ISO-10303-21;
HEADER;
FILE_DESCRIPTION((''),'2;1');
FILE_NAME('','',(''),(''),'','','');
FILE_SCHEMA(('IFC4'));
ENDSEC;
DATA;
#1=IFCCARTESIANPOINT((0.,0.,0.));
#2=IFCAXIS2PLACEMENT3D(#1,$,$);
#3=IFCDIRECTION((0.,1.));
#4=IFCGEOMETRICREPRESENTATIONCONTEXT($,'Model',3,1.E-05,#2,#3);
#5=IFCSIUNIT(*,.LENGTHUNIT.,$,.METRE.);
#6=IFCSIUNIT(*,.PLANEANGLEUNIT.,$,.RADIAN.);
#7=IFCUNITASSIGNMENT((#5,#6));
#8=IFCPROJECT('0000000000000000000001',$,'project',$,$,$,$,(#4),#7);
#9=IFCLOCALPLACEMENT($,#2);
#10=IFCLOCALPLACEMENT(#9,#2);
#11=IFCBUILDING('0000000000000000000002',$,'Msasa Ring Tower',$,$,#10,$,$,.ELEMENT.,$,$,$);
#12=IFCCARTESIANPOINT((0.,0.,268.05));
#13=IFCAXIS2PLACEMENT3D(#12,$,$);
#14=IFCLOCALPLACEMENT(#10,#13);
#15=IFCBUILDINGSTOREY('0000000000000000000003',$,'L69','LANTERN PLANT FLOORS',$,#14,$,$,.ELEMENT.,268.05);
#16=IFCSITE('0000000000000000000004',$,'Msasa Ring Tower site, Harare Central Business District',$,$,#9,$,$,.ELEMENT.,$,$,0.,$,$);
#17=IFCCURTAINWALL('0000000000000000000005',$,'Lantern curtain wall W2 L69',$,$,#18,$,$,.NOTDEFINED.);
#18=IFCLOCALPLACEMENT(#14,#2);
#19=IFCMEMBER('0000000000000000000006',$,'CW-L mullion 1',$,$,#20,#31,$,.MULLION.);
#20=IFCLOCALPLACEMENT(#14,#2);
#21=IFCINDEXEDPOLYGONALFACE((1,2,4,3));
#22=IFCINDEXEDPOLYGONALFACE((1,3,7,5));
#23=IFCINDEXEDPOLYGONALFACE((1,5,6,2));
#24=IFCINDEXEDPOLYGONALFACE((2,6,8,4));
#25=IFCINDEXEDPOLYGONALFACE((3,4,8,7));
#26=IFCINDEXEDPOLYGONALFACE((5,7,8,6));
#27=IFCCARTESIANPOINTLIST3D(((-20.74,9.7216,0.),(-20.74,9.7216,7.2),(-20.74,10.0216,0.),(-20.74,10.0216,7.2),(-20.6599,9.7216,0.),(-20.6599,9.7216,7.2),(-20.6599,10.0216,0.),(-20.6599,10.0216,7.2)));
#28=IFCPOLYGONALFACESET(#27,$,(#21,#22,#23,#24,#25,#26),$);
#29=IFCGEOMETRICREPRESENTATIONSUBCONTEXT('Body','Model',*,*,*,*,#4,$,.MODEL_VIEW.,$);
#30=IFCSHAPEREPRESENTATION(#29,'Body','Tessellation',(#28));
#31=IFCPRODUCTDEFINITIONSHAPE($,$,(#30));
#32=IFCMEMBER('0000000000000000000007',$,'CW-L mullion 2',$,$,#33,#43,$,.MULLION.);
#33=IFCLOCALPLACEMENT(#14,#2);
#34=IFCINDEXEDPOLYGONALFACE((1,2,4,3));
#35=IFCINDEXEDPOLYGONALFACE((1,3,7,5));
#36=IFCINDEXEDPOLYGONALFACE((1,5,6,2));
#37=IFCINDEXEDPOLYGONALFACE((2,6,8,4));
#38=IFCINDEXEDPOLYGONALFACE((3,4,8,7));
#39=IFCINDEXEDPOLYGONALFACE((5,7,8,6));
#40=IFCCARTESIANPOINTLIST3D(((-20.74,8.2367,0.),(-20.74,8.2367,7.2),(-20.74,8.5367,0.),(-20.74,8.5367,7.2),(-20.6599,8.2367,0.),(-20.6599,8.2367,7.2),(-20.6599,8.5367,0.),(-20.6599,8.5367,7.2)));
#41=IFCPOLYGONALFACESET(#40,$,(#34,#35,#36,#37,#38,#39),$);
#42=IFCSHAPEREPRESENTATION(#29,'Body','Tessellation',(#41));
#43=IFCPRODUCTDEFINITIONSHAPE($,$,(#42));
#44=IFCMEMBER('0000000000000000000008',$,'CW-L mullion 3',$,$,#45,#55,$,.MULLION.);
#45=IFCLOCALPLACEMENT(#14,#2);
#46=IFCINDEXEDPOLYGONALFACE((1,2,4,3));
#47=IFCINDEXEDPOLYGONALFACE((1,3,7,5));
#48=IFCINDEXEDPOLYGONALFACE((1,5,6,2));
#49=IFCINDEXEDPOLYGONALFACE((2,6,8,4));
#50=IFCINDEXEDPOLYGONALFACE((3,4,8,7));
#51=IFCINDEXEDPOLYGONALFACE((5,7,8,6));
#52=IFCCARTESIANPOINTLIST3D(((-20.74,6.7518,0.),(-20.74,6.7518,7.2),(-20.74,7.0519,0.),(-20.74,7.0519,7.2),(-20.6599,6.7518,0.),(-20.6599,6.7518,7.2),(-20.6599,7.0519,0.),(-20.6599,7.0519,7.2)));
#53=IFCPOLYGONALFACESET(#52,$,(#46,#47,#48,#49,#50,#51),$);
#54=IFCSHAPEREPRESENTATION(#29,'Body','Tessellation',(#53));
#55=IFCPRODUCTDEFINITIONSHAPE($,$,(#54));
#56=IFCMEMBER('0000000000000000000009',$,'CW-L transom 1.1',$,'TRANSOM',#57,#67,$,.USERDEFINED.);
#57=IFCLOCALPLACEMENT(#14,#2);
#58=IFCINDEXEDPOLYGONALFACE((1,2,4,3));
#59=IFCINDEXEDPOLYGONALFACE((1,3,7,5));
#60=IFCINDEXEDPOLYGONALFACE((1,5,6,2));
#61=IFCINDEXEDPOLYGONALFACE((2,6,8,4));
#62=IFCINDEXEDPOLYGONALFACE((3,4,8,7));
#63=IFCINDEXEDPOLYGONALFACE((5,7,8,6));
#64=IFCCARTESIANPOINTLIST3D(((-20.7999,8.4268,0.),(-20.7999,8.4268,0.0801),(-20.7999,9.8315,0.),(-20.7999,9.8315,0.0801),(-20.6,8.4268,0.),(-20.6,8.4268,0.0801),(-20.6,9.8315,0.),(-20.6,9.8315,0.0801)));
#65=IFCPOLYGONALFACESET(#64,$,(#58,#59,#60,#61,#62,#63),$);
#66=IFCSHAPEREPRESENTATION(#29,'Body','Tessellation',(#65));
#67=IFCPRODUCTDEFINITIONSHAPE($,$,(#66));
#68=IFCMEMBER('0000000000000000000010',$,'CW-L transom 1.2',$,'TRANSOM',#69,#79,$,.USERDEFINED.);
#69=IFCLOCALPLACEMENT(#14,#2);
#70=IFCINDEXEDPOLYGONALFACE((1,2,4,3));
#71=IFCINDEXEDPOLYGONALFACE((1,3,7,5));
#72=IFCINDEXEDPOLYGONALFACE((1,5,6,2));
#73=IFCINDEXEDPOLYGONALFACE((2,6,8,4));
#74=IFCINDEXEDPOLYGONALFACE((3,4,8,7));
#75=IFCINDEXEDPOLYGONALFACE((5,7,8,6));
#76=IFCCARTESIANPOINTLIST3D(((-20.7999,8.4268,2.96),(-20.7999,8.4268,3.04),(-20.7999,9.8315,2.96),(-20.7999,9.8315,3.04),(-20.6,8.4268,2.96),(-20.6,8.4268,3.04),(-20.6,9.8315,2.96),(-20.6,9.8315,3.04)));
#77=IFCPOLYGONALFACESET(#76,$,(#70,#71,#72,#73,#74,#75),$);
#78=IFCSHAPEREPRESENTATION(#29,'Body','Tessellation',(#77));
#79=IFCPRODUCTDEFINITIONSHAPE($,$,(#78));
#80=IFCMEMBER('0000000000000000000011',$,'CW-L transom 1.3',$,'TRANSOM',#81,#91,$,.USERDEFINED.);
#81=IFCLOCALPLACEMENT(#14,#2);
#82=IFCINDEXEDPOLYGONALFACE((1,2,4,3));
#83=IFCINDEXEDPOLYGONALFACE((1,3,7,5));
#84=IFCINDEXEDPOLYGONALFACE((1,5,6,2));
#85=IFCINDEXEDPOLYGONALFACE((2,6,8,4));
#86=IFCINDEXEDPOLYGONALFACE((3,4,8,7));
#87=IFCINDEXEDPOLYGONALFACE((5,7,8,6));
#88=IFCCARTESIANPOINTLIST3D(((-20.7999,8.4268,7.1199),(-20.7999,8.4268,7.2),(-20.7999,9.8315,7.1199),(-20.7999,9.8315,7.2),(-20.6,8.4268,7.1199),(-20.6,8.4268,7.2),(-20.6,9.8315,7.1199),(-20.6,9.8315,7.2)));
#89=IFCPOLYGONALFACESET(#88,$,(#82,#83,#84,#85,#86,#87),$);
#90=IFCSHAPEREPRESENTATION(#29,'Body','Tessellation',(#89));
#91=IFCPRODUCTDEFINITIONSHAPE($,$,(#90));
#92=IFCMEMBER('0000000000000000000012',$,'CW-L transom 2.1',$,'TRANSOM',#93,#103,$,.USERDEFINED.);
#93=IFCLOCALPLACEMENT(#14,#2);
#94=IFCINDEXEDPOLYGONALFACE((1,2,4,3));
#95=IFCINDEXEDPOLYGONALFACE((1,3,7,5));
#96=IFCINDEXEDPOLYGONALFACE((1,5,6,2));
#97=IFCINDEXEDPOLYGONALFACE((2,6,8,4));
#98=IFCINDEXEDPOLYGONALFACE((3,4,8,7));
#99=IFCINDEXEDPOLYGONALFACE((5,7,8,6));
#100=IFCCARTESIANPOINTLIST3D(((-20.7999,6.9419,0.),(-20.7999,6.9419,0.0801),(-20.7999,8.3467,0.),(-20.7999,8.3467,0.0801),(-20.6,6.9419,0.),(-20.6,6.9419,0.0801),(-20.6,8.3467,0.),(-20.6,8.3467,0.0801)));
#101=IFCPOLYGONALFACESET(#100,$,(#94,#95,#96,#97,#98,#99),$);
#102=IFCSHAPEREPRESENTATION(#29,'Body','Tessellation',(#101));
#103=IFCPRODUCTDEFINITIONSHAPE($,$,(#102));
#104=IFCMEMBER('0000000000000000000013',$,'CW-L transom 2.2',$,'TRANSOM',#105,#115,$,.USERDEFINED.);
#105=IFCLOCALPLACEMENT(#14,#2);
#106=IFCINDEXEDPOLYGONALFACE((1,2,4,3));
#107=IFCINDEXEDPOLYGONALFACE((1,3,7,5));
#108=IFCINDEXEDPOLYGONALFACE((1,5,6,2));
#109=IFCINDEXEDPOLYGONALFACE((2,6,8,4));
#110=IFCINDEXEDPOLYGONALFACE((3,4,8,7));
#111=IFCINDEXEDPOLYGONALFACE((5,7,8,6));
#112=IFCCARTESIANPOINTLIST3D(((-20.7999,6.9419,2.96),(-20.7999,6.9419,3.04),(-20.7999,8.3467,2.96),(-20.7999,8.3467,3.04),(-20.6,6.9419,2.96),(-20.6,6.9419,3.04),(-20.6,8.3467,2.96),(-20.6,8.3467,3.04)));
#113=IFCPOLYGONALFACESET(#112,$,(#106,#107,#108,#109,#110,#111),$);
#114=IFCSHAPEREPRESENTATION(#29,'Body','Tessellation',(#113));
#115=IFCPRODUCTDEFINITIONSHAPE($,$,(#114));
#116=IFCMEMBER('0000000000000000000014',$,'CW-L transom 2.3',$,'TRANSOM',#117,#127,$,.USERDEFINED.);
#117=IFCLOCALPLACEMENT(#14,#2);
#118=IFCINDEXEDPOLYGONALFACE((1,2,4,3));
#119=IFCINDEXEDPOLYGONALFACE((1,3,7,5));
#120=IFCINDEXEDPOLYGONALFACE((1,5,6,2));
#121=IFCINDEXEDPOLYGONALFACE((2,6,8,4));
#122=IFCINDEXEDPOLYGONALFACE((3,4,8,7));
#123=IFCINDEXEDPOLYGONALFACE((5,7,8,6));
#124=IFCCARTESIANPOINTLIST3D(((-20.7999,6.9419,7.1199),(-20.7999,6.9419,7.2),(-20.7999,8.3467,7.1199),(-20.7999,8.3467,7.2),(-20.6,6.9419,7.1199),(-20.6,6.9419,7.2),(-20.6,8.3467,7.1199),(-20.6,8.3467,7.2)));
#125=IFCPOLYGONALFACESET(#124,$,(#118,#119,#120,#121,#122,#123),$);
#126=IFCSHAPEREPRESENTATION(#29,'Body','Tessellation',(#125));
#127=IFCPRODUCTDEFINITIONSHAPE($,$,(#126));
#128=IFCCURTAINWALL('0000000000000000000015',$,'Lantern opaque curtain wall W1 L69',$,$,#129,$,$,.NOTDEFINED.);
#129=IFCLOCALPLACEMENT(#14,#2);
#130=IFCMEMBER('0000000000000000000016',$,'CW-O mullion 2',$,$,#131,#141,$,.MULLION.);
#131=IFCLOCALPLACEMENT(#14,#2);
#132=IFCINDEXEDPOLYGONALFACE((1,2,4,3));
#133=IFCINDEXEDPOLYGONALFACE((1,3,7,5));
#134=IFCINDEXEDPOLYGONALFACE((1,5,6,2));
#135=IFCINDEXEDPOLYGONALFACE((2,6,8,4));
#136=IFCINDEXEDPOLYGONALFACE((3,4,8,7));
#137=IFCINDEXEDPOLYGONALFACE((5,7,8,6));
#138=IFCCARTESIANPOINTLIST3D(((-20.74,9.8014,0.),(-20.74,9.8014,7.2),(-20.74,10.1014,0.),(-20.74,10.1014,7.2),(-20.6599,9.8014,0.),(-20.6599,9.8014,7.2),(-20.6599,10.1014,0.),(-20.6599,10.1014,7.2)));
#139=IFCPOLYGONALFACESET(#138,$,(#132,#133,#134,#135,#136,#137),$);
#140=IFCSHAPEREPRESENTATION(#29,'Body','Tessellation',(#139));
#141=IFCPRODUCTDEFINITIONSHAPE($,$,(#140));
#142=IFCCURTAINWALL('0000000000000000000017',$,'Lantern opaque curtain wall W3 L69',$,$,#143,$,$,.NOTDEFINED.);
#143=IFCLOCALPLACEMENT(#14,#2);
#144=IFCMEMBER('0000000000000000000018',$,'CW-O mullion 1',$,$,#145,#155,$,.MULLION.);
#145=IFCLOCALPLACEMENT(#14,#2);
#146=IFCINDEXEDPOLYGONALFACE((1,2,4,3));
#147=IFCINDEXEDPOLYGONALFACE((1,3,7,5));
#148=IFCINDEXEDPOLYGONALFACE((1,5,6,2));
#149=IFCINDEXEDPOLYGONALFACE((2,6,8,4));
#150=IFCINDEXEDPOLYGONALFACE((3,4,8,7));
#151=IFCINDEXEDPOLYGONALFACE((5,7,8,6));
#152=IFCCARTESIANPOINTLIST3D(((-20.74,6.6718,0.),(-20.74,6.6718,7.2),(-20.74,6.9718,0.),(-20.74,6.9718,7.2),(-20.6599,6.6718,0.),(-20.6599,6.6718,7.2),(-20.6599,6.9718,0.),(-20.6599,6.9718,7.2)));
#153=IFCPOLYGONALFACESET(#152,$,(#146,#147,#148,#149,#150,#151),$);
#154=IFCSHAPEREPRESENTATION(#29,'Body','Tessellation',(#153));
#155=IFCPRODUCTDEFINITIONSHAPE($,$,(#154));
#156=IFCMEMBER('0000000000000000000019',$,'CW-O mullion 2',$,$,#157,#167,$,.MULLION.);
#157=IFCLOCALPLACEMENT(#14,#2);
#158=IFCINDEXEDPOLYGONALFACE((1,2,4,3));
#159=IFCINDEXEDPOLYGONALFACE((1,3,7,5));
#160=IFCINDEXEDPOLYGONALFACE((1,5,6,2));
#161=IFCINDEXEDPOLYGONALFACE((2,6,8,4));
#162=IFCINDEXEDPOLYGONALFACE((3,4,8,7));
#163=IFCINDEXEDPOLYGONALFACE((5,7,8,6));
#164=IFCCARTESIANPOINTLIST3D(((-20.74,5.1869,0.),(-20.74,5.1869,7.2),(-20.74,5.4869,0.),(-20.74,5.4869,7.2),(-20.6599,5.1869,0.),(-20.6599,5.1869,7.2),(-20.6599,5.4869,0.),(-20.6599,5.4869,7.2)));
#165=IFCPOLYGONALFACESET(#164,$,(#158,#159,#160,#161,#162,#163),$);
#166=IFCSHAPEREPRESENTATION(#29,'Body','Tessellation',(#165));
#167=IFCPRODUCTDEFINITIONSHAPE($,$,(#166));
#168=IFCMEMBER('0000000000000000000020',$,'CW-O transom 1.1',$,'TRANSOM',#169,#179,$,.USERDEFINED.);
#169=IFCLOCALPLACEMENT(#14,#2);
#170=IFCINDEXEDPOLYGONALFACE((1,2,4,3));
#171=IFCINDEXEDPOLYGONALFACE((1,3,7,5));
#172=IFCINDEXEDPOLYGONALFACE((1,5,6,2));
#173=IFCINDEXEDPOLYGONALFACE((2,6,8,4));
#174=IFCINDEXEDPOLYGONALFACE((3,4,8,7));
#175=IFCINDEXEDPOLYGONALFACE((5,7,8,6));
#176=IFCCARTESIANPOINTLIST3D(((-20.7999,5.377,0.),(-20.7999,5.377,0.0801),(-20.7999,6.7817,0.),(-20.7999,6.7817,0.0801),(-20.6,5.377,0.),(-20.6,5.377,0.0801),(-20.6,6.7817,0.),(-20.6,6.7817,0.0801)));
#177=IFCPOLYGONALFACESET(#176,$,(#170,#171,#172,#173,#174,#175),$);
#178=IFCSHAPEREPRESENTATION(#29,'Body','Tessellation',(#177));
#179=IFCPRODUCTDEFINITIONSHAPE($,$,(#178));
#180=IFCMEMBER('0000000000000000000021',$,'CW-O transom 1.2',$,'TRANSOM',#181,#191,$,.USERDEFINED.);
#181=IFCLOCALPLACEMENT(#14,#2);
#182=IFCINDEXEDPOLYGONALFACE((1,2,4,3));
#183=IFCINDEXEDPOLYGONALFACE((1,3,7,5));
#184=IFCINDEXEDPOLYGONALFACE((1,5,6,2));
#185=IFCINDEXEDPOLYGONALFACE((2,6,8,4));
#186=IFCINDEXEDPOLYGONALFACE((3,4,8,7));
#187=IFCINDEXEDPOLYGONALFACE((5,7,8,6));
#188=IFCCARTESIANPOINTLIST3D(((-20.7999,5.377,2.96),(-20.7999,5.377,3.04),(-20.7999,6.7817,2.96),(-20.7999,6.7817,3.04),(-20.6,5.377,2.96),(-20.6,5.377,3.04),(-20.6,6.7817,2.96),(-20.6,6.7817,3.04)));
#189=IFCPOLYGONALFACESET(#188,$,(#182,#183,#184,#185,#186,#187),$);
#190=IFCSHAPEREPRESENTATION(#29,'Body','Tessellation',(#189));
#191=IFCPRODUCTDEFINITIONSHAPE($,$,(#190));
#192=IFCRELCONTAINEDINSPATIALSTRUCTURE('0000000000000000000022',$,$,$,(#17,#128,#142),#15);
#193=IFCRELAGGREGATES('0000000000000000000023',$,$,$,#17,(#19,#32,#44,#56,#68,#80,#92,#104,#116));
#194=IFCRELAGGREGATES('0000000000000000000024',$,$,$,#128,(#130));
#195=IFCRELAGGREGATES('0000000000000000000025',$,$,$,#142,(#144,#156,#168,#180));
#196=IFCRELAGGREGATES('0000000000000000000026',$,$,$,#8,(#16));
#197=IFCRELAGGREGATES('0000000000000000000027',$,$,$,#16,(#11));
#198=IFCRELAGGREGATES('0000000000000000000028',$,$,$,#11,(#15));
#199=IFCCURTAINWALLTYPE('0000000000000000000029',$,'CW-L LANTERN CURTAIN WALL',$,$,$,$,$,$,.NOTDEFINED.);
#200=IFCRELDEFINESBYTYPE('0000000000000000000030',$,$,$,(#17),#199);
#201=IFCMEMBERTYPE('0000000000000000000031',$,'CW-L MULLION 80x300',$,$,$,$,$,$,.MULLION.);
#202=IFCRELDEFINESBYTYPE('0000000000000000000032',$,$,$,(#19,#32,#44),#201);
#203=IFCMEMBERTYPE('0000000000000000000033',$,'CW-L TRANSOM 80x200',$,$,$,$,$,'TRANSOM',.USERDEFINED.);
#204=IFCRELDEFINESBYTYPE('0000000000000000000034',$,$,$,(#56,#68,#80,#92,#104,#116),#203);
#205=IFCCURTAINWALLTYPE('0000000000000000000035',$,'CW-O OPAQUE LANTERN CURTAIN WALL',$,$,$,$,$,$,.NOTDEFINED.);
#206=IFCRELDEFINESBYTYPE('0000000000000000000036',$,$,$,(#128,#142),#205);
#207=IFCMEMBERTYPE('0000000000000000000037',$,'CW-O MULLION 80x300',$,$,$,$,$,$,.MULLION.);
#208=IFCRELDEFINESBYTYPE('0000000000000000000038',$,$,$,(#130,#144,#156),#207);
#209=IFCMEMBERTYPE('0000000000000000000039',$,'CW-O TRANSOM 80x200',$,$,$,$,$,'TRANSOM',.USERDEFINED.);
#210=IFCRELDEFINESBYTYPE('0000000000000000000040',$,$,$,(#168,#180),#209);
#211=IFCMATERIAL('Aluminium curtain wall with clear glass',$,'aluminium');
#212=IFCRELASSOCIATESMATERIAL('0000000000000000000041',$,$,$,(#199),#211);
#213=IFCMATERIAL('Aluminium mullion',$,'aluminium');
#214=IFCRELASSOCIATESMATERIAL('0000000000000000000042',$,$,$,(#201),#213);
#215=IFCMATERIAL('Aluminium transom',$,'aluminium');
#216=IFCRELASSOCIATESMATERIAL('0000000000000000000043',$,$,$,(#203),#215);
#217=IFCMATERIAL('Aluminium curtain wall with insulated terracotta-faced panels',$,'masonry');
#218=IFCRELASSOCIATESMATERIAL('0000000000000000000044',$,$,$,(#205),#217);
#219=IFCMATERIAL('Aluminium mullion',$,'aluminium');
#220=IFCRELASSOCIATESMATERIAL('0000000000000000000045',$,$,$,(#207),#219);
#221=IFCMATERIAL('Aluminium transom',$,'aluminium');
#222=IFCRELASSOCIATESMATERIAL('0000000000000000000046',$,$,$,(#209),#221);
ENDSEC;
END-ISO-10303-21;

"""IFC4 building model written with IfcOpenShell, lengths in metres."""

from ifc_helpers import new_model, si_unit, direction, frame, origin, origin_2d, place, context, subcontext, project, spatial, rectangle, extrude, material, material_profile, profile_set, type_object, element, aggregate, save


model = new_model("IFC4")

# Units and contexts
model_context = context("Model", 3, precision=1e-05, world=origin(), true_north=direction((0.0, 1.0)))
body_context = subcontext(model_context, "Body", "Model", "MODEL_VIEW")
ifc_project = project(units=[si_unit("LENGTHUNIT", "METRE"), si_unit("PLANEANGLEUNIT", "RADIAN")], contexts=[model_context])

# Site, building, storey
site_placement = place(None, origin())
site = spatial("IfcSite", under=ifc_project, at=site_placement, Name="Msasa Ring Tower site, Harare Central Business District", CompositionType="ELEMENT", RefElevation=0.0)
building_placement = place(site_placement, origin())
building = spatial("IfcBuilding", under=site, at=building_placement, Name="Msasa Ring Tower", CompositionType="ELEMENT")
storey_placement = place(building_placement, frame((0.0, 0.0, 268.05)))
storey = spatial("IfcBuildingStorey", under=building, at=storey_placement, Name="L69", Description="LANTERN PLANT FLOORS", CompositionType="ELEMENT", Elevation=268.05)

# Curtain wall, members
ifc_material_1 = material(Name="Aluminium curtain wall with clear glass", Category="aluminium")
curtain_wall_type_1 = type_object("IfcCurtainWallType", Name="CW-L LANTERN CURTAIN WALL", PredefinedType="NOTDEFINED", material=ifc_material_1)
curtain_wall_1_placement = place(storey_placement, origin())
curtain_wall_1 = element("IfcCurtainWall", 1, at=curtain_wall_1_placement, inside=storey, type_object=curtain_wall_type_1, Name="Lantern curtain wall W2 L69", PredefinedType="NOTDEFINED")
ifc_material_2 = material(Name="Aluminium mullion", Category="aluminium")
ifc_material_profile_1 = material_profile(ifc_material_2, rectangle(XDim=0.0801, YDim=0.3, at=origin_2d()), Name="AL 80x300")
ifc_profile_set_1 = profile_set([ifc_material_profile_1], Name="Aluminium mullion")
member_type_1 = type_object("IfcMemberType", Name="CW-L MULLION 80x300", PredefinedType="MULLION", material=ifc_profile_set_1)
member_1_placement = place(storey_placement, frame((-20.7, 9.8716, 0.0), z_axis=(0.0, 0.0, 1.0), x_axis=(1.0, 0.0, 0.0)))
member_1 = element("IfcMember", 2, at=member_1_placement, type_object=member_type_1, Name="CW-L mullion 1", PredefinedType="MULLION", context=body_context, shape_type="SweptSolid", body=[
    extrude(rectangle(XDim=0.0801, YDim=0.3, at=origin_2d()), origin(), (0.0, 0.0, 1.0), 7.2),
])
member_2_placement = place(storey_placement, frame((-20.7, 8.3867, 0.0), z_axis=(0.0, 0.0, 1.0), x_axis=(1.0, 0.0, 0.0)))
member_2 = element("IfcMember", 3, at=member_2_placement, type_object=member_type_1, Name="CW-L mullion 2", PredefinedType="MULLION", context=body_context, shape_type="SweptSolid", body=[
    extrude(rectangle(XDim=0.0801, YDim=0.3, at=origin_2d()), origin(), (0.0, 0.0, 1.0), 7.2),
])
member_3_placement = place(storey_placement, frame((-20.7, 6.9019, 0.0), z_axis=(0.0, 0.0, 1.0), x_axis=(1.0, 0.0, 0.0)))
member_3 = element("IfcMember", 4, at=member_3_placement, type_object=member_type_1, Name="CW-L mullion 3", PredefinedType="MULLION", context=body_context, shape_type="SweptSolid", body=[
    extrude(rectangle(XDim=0.0801, YDim=0.3, at=origin_2d()), origin(), (0.0, 0.0, 1.0), 7.2),
])
ifc_material_3 = material(Name="Aluminium transom", Category="aluminium")
ifc_material_profile_2 = material_profile(ifc_material_3, rectangle(XDim=0.2, YDim=0.0801, at=origin_2d()), Name="AL 80x200")
ifc_profile_set_2 = profile_set([ifc_material_profile_2], Name="Aluminium transom")
member_type_2 = type_object("IfcMemberType", Name="CW-L TRANSOM 80x200", ElementType="TRANSOM", PredefinedType="USERDEFINED", material=ifc_profile_set_2)
member_4_placement = place(storey_placement, frame((-20.7, 9.8315, 0.04), z_axis=(0.0, -1.0, 0.0), x_axis=(1.0, 0.0, 0.0)))
member_4 = element("IfcMember", 5, at=member_4_placement, type_object=member_type_2, Name="CW-L transom 1.1", ObjectType="TRANSOM", PredefinedType="USERDEFINED", context=body_context, shape_type="SweptSolid", body=[
    extrude(rectangle(XDim=0.2, YDim=0.0801, at=origin_2d()), origin(), (0.0, 0.0, 1.0), 1.4048),
])
member_5_placement = place(storey_placement, frame((-20.7, 9.8315, 3.0), z_axis=(0.0, -1.0, 0.0), x_axis=(1.0, 0.0, 0.0)))
member_5 = element("IfcMember", 6, at=member_5_placement, type_object=member_type_2, Name="CW-L transom 1.2", ObjectType="TRANSOM", PredefinedType="USERDEFINED", context=body_context, shape_type="SweptSolid", body=[
    extrude(rectangle(XDim=0.2, YDim=0.0801, at=origin_2d()), origin(), (0.0, 0.0, 1.0), 1.4048),
])
member_6_placement = place(storey_placement, frame((-20.7, 9.8315, 7.1599), z_axis=(0.0, -1.0, 0.0), x_axis=(1.0, 0.0, 0.0)))
member_6 = element("IfcMember", 7, at=member_6_placement, type_object=member_type_2, Name="CW-L transom 1.3", ObjectType="TRANSOM", PredefinedType="USERDEFINED", context=body_context, shape_type="SweptSolid", body=[
    extrude(rectangle(XDim=0.2, YDim=0.0801, at=origin_2d()), origin(), (0.0, 0.0, 1.0), 1.4048),
])
member_7_placement = place(storey_placement, frame((-20.7, 8.3467, 0.04), z_axis=(0.0, -1.0, 0.0), x_axis=(1.0, 0.0, 0.0)))
member_7 = element("IfcMember", 8, at=member_7_placement, type_object=member_type_2, Name="CW-L transom 2.1", ObjectType="TRANSOM", PredefinedType="USERDEFINED", context=body_context, shape_type="SweptSolid", body=[
    extrude(rectangle(XDim=0.2, YDim=0.0801, at=origin_2d()), origin(), (0.0, 0.0, 1.0), 1.4048),
])
member_8_placement = place(storey_placement, frame((-20.7, 8.3467, 3.0), z_axis=(0.0, -1.0, 0.0), x_axis=(1.0, 0.0, 0.0)))
member_8 = element("IfcMember", 9, at=member_8_placement, type_object=member_type_2, Name="CW-L transom 2.2", ObjectType="TRANSOM", PredefinedType="USERDEFINED", context=body_context, shape_type="SweptSolid", body=[
    extrude(rectangle(XDim=0.2, YDim=0.0801, at=origin_2d()), origin(), (0.0, 0.0, 1.0), 1.4048),
])
member_9_placement = place(storey_placement, frame((-20.7, 8.3467, 7.1599), z_axis=(0.0, -1.0, 0.0), x_axis=(1.0, 0.0, 0.0)))
member_9 = element("IfcMember", 10, at=member_9_placement, type_object=member_type_2, Name="CW-L transom 2.3", ObjectType="TRANSOM", PredefinedType="USERDEFINED", context=body_context, shape_type="SweptSolid", body=[
    extrude(rectangle(XDim=0.2, YDim=0.0801, at=origin_2d()), origin(), (0.0, 0.0, 1.0), 1.4048),
])

# Curtain wall, member
ifc_material_4 = material(Name="Aluminium curtain wall with insulated terracotta-faced panels", Category="masonry")
curtain_wall_type_2 = type_object("IfcCurtainWallType", Name="CW-O OPAQUE LANTERN CURTAIN WALL", PredefinedType="NOTDEFINED", material=ifc_material_4)
curtain_wall_2_placement = place(storey_placement, origin())
curtain_wall_2 = element("IfcCurtainWall", 11, at=curtain_wall_2_placement, inside=storey, type_object=curtain_wall_type_2, Name="Lantern opaque curtain wall W1 L69", PredefinedType="NOTDEFINED")
ifc_material_5 = material(Name="Aluminium mullion", Category="aluminium")
ifc_material_profile_3 = material_profile(ifc_material_5, rectangle(XDim=0.0801, YDim=0.3, at=origin_2d()), Name="AL 80x300")
ifc_profile_set_3 = profile_set([ifc_material_profile_3], Name="Aluminium mullion")
member_type_3 = type_object("IfcMemberType", Name="CW-O MULLION 80x300", PredefinedType="MULLION", material=ifc_profile_set_3)
member_10_placement = place(storey_placement, frame((-20.7, 9.9514, 0.0), z_axis=(0.0, 0.0, 1.0), x_axis=(1.0, 0.0, 0.0)))
member_10 = element("IfcMember", 12, at=member_10_placement, type_object=member_type_3, Name="CW-O mullion 2", PredefinedType="MULLION", context=body_context, shape_type="SweptSolid", body=[
    extrude(rectangle(XDim=0.0801, YDim=0.3, at=origin_2d()), origin(), (0.0, 0.0, 1.0), 7.2),
])

# Curtain wall, members
curtain_wall_3_placement = place(storey_placement, origin())
curtain_wall_3 = element("IfcCurtainWall", 13, at=curtain_wall_3_placement, inside=storey, type_object=curtain_wall_type_2, Name="Lantern opaque curtain wall W3 L69", PredefinedType="NOTDEFINED")
member_11_placement = place(storey_placement, frame((-20.7, 6.8218, 0.0), z_axis=(0.0, 0.0, 1.0), x_axis=(1.0, 0.0, 0.0)))
member_11 = element("IfcMember", 14, at=member_11_placement, type_object=member_type_3, Name="CW-O mullion 1", PredefinedType="MULLION", context=body_context, shape_type="SweptSolid", body=[
    extrude(rectangle(XDim=0.0801, YDim=0.3, at=origin_2d()), origin(), (0.0, 0.0, 1.0), 7.2),
])
member_12_placement = place(storey_placement, frame((-20.7, 5.3369, 0.0), z_axis=(0.0, 0.0, 1.0), x_axis=(1.0, 0.0, 0.0)))
member_12 = element("IfcMember", 15, at=member_12_placement, type_object=member_type_3, Name="CW-O mullion 2", PredefinedType="MULLION", context=body_context, shape_type="SweptSolid", body=[
    extrude(rectangle(XDim=0.0801, YDim=0.3, at=origin_2d()), origin(), (0.0, 0.0, 1.0), 7.2),
])
ifc_material_6 = material(Name="Aluminium transom", Category="aluminium")
ifc_material_profile_4 = material_profile(ifc_material_6, rectangle(XDim=0.2, YDim=0.0801, at=origin_2d()), Name="AL 80x200")
ifc_profile_set_4 = profile_set([ifc_material_profile_4], Name="Aluminium transom")
member_type_4 = type_object("IfcMemberType", Name="CW-O TRANSOM 80x200", ElementType="TRANSOM", PredefinedType="USERDEFINED", material=ifc_profile_set_4)
member_13_placement = place(storey_placement, frame((-20.7, 6.7817, 0.04), z_axis=(0.0, -1.0, 0.0), x_axis=(1.0, 0.0, 0.0)))
member_13 = element("IfcMember", 16, at=member_13_placement, type_object=member_type_4, Name="CW-O transom 1.1", ObjectType="TRANSOM", PredefinedType="USERDEFINED", context=body_context, shape_type="SweptSolid", body=[
    extrude(rectangle(XDim=0.2, YDim=0.0801, at=origin_2d()), origin(), (0.0, 0.0, 1.0), 1.4048),
])
member_14_placement = place(storey_placement, frame((-20.7, 6.7817, 3.0), z_axis=(0.0, -1.0, 0.0), x_axis=(1.0, 0.0, 0.0)))
member_14 = element("IfcMember", 17, at=member_14_placement, type_object=member_type_4, Name="CW-O transom 1.2", ObjectType="TRANSOM", PredefinedType="USERDEFINED", context=body_context, shape_type="SweptSolid", body=[
    extrude(rectangle(XDim=0.2, YDim=0.0801, at=origin_2d()), origin(), (0.0, 0.0, 1.0), 1.4048),
])

aggregate(curtain_wall_1, [member_1, member_2, member_3, member_4, member_5, member_6, member_7, member_8, member_9])
aggregate(curtain_wall_2, [member_10])
aggregate(curtain_wall_3, [member_11, member_12, member_13, member_14])

save(model, "model.ifc")
